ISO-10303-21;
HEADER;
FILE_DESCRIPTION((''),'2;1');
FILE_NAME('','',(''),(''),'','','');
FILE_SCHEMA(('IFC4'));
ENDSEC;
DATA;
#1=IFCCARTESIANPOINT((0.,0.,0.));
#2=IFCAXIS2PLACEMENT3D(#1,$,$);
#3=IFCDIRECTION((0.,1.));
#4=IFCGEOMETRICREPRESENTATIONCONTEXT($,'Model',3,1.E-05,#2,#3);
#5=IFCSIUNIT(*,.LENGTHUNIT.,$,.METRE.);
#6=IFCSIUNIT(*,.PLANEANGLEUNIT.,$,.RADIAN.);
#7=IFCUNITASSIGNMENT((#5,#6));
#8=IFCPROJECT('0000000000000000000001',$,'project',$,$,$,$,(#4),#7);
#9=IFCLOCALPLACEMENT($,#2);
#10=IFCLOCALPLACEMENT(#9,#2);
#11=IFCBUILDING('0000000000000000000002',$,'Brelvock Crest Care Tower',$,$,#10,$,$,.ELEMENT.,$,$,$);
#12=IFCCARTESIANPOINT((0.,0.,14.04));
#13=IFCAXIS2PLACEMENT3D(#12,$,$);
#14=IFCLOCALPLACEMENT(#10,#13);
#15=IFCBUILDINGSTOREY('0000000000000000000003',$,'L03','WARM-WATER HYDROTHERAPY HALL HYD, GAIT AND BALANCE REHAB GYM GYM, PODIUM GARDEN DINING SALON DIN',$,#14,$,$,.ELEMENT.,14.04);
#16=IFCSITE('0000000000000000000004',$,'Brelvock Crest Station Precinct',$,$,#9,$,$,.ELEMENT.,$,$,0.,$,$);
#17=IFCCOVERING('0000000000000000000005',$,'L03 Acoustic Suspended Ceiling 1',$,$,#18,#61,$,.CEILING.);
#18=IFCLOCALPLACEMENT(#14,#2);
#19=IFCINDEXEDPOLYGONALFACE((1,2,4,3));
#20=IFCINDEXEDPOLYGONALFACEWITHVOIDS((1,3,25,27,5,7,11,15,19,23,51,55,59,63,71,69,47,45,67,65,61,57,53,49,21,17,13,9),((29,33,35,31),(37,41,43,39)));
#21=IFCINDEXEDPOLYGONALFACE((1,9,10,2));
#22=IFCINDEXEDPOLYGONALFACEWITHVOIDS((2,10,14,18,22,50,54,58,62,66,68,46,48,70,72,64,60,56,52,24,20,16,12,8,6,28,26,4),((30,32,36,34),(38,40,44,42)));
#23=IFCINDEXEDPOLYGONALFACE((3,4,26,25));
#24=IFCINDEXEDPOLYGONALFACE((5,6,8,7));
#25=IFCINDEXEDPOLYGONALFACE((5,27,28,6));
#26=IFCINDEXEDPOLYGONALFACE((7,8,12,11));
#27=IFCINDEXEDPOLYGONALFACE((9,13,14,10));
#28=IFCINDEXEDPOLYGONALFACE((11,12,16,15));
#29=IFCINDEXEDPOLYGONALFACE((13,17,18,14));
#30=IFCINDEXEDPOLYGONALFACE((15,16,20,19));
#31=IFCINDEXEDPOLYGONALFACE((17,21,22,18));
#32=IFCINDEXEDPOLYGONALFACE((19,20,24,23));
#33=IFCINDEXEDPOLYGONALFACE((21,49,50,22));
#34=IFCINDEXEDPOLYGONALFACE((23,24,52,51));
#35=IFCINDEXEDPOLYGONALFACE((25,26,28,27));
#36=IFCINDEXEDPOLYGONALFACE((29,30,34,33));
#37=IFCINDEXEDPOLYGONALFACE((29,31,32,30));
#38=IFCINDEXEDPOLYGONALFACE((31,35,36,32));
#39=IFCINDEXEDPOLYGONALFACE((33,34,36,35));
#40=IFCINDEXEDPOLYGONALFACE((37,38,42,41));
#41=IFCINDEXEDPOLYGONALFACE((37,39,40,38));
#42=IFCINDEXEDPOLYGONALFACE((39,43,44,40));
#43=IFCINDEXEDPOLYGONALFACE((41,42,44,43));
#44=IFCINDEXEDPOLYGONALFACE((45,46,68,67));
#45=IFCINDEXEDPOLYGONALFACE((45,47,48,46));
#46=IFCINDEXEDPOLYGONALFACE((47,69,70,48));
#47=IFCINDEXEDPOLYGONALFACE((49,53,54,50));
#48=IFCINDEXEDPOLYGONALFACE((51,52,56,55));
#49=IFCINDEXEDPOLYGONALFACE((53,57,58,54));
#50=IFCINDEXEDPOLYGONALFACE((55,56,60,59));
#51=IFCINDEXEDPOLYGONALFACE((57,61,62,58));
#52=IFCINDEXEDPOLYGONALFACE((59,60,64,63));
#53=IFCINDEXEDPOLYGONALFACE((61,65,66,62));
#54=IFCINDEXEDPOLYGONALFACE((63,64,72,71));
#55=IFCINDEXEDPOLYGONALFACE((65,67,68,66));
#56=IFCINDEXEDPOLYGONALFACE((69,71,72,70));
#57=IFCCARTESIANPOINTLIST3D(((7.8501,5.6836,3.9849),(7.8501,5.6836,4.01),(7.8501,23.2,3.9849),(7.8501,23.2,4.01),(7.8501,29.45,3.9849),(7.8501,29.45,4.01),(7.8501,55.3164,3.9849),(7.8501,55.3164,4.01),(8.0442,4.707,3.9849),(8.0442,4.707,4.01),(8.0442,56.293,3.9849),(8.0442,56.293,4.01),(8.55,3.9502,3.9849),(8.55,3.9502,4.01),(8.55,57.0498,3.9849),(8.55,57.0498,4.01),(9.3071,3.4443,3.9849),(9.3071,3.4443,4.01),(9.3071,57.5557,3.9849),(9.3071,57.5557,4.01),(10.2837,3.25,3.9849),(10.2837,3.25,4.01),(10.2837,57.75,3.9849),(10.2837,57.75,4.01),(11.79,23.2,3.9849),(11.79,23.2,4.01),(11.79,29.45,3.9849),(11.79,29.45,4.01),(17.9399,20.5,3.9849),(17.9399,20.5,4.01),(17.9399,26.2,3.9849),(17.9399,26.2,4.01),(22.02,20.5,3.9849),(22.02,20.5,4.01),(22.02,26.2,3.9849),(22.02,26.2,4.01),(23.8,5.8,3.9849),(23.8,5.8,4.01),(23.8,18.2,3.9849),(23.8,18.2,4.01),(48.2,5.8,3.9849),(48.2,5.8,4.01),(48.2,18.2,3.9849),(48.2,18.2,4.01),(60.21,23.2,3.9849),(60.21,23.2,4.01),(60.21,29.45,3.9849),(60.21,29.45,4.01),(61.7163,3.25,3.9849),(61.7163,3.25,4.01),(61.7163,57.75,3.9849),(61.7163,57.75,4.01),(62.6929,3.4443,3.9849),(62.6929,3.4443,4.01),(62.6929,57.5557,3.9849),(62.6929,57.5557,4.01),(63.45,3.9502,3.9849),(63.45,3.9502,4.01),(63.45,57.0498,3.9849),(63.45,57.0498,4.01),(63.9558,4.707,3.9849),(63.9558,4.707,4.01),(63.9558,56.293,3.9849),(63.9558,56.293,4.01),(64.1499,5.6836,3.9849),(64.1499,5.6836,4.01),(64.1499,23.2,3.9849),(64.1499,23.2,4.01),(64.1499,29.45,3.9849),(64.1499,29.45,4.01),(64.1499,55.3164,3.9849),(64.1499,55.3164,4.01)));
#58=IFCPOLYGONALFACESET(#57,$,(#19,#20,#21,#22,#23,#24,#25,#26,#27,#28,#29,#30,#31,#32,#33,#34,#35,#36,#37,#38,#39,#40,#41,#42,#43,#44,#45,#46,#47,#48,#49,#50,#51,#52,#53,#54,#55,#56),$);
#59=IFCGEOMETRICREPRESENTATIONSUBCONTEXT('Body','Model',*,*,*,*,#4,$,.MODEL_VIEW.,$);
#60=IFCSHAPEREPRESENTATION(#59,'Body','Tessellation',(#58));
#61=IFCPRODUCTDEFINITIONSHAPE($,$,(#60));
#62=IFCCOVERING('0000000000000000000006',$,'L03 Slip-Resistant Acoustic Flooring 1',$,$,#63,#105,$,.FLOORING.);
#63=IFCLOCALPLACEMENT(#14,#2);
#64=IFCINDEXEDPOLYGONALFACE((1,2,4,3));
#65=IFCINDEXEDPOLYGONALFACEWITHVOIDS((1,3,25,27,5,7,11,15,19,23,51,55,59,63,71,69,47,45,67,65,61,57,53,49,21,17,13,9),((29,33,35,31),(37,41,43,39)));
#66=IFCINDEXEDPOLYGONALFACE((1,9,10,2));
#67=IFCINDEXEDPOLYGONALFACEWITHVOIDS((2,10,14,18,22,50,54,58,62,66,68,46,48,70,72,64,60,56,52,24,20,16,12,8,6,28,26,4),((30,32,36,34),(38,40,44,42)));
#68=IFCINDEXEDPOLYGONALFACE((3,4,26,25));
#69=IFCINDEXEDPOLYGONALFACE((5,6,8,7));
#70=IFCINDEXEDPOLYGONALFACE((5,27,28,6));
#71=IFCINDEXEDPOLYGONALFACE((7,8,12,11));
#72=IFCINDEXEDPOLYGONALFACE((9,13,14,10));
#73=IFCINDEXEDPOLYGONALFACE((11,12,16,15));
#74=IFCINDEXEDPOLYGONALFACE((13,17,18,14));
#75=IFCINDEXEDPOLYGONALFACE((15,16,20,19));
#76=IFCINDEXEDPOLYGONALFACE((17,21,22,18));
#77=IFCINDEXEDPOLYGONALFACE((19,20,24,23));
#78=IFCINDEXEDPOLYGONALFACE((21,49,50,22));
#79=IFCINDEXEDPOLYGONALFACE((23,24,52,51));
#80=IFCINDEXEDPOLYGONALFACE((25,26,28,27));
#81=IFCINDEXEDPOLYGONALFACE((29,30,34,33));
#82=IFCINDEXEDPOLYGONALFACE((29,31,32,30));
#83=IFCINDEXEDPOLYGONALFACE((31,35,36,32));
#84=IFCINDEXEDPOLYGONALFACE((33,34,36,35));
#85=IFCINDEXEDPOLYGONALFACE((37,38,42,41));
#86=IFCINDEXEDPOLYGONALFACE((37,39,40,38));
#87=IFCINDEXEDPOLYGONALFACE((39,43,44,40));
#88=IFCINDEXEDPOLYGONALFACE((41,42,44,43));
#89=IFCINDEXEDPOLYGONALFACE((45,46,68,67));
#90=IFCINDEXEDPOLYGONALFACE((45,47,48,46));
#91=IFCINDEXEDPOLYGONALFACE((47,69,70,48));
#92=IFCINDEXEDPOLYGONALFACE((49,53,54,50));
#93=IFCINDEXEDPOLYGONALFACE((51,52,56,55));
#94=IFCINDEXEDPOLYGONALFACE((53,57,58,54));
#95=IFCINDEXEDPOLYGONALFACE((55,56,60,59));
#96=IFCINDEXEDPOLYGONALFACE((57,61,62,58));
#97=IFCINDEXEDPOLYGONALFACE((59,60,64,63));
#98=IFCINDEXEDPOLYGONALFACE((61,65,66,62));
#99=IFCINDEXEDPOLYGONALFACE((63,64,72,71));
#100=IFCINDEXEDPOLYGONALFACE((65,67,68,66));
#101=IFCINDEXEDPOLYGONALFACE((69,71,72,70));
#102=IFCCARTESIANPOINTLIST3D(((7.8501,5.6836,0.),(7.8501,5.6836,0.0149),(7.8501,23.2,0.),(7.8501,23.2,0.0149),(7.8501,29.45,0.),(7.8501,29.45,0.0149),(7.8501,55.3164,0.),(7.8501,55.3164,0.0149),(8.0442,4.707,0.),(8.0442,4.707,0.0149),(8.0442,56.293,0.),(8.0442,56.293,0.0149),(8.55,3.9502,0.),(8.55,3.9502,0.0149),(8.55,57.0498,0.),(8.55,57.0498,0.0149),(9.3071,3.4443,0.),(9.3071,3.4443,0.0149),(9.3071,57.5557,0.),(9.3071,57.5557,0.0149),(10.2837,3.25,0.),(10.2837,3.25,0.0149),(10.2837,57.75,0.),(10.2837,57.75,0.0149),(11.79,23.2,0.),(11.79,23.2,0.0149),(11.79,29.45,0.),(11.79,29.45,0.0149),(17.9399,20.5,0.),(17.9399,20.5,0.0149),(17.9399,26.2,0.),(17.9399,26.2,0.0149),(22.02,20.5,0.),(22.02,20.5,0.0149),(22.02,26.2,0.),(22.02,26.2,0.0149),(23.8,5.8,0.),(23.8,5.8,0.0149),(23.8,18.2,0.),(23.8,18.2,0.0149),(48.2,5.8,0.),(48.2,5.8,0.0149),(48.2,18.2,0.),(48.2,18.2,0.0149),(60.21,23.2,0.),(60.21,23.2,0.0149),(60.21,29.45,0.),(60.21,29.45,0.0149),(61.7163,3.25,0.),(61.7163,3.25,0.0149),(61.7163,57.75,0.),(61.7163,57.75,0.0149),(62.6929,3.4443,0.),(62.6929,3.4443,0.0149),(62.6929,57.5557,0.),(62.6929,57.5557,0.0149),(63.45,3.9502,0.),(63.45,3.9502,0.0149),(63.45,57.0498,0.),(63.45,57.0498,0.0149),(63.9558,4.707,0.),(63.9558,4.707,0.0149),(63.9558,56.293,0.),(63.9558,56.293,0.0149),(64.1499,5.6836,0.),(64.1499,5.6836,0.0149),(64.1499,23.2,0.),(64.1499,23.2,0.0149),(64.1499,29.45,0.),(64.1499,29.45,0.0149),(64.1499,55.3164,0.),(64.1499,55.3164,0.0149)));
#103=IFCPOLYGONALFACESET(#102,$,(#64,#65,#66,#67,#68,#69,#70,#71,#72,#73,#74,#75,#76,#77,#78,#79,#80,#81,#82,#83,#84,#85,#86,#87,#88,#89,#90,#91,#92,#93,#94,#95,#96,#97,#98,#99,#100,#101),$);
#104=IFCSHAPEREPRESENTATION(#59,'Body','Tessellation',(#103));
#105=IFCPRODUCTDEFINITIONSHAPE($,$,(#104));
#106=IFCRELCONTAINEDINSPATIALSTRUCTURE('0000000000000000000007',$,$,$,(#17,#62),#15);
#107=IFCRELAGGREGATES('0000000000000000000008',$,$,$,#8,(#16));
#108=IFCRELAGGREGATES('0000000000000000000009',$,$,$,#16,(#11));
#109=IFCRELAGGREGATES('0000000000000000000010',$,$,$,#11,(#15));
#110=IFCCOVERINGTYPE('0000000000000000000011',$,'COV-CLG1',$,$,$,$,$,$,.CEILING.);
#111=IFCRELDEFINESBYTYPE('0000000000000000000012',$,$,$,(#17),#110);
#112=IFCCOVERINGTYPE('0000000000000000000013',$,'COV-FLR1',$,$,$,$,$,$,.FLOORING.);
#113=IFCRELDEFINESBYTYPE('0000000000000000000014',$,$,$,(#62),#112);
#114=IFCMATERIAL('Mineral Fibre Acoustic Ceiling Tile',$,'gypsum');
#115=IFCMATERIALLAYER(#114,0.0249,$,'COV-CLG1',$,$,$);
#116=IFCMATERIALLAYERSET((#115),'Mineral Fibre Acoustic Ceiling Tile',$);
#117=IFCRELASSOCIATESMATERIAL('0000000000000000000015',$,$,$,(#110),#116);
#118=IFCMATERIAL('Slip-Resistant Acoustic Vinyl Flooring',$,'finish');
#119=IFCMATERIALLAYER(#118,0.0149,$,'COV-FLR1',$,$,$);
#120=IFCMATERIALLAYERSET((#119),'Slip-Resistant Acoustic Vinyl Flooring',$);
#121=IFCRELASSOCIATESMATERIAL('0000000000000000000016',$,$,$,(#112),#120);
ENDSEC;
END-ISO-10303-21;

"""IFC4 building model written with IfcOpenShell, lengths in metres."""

from ifc_helpers import new_model, si_unit, direction, frame, origin, place, context, subcontext, project, spatial, polyline, outline, extrude, material, layer, layer_set, type_object, element, save


model = new_model("IFC4")

# Units and contexts
model_context = context("Model", 3, precision=1e-05, world=origin(), true_north=direction((0.0, 1.0)))
body_context = subcontext(model_context, "Body", "Model", "MODEL_VIEW")
ifc_project = project(units=[si_unit("LENGTHUNIT", "METRE"), si_unit("PLANEANGLEUNIT", "RADIAN")], contexts=[model_context])

# Site, building, storey
site_placement = place(None, origin())
site = spatial("IfcSite", under=ifc_project, at=site_placement, Name="Brelvock Crest Station Precinct", CompositionType="ELEMENT", RefElevation=0.0)
building_placement = place(site_placement, origin())
building = spatial("IfcBuilding", under=site, at=building_placement, Name="Brelvock Crest Care Tower", CompositionType="ELEMENT")
storey_placement = place(building_placement, frame((0.0, 0.0, 14.04)))
storey = spatial("IfcBuildingStorey", under=building, at=storey_placement, Name="L03", Description="WARM-WATER HYDROTHERAPY HALL HYD, GAIT AND BALANCE REHAB GYM GYM, PODIUM GARDEN DINING SALON DIN", CompositionType="ELEMENT", Elevation=14.04)

# Coverings
ifc_material_1 = material(Name="Mineral Fibre Acoustic Ceiling Tile", Category="gypsum")
ifc_layer_1 = layer(ifc_material_1, 0.0249, Name="COV-CLG1")
ifc_layer_set_1 = layer_set([ifc_layer_1], Name="Mineral Fibre Acoustic Ceiling Tile")
covering_type_1 = type_object("IfcCoveringType", Name="COV-CLG1", PredefinedType="CEILING", material=ifc_layer_set_1)
covering_1_placement = place(storey_placement, frame((0.0, 0.0, 3.9849)))
element("IfcCovering", 1, at=covering_1_placement, inside=storey, type_object=covering_type_1, Name="L03 Acoustic Suspended Ceiling 1", PredefinedType="CEILING", context=body_context, shape_type="SweptSolid", body=[
    extrude(outline(polyline([(61.7163, 3.25), (62.6929, 3.4443), (63.45, 3.9502), (63.9558, 4.707), (64.1499, 5.6836), (64.1499, 23.2), (60.21, 23.2), (60.21, 29.45), (64.1499, 29.45), (64.1499, 55.3164), (63.9558, 56.293), (63.45, 57.0498), (62.6929, 57.5557), (61.7163, 57.75), (10.2837, 57.75), (9.3071, 57.5557), (8.55, 57.0498), (8.0442, 56.293), (7.8501, 55.3164), (7.8501, 29.45), (11.79, 29.45), (11.79, 23.2), (7.8501, 23.2), (7.8501, 5.6836), (8.0442, 4.707), (8.55, 3.9502), (9.3071, 3.4443), (10.2837, 3.25), (61.7163, 3.25)]), holes=[polyline([(22.02, 20.5), (22.02, 26.2), (17.9399, 26.2), (17.9399, 20.5), (22.02, 20.5)]), polyline([(48.2, 5.8), (48.2, 18.2), (23.8, 18.2), (23.8, 5.8), (48.2, 5.8)])]), origin(), (0.0, 0.0, 1.0), 0.0251),
])
ifc_material_2 = material(Name="Slip-Resistant Acoustic Vinyl Flooring", Category="finish")
ifc_layer_2 = layer(ifc_material_2, 0.0149, Name="COV-FLR1")
ifc_layer_set_2 = layer_set([ifc_layer_2], Name="Slip-Resistant Acoustic Vinyl Flooring")
covering_type_2 = type_object("IfcCoveringType", Name="COV-FLR1", PredefinedType="FLOORING", material=ifc_layer_set_2)
covering_2_placement = place(storey_placement, origin())
element("IfcCovering", 2, at=covering_2_placement, inside=storey, type_object=covering_type_2, Name="L03 Slip-Resistant Acoustic Flooring 1", PredefinedType="FLOORING", context=body_context, shape_type="SweptSolid", body=[
    extrude(outline(polyline([(61.7163, 3.25), (62.6929, 3.4443), (63.45, 3.9502), (63.9558, 4.707), (64.1499, 5.6836), (64.1499, 23.2), (60.21, 23.2), (60.21, 29.45), (64.1499, 29.45), (64.1499, 55.3164), (63.9558, 56.293), (63.45, 57.0498), (62.6929, 57.5557), (61.7163, 57.75), (10.2837, 57.75), (9.3071, 57.5557), (8.55, 57.0498), (8.0442, 56.293), (7.8501, 55.3164), (7.8501, 29.45), (11.79, 29.45), (11.79, 23.2), (7.8501, 23.2), (7.8501, 5.6836), (8.0442, 4.707), (8.55, 3.9502), (9.3071, 3.4443), (10.2837, 3.25), (61.7163, 3.25)]), holes=[polyline([(22.02, 20.5), (22.02, 26.2), (17.9399, 26.2), (17.9399, 20.5), (22.02, 20.5)]), polyline([(48.2, 5.8), (48.2, 18.2), (23.8, 18.2), (23.8, 5.8), (48.2, 5.8)])]), origin(), (0.0, 0.0, 1.0), 0.0149),
])

save(model, "model.ifc")
